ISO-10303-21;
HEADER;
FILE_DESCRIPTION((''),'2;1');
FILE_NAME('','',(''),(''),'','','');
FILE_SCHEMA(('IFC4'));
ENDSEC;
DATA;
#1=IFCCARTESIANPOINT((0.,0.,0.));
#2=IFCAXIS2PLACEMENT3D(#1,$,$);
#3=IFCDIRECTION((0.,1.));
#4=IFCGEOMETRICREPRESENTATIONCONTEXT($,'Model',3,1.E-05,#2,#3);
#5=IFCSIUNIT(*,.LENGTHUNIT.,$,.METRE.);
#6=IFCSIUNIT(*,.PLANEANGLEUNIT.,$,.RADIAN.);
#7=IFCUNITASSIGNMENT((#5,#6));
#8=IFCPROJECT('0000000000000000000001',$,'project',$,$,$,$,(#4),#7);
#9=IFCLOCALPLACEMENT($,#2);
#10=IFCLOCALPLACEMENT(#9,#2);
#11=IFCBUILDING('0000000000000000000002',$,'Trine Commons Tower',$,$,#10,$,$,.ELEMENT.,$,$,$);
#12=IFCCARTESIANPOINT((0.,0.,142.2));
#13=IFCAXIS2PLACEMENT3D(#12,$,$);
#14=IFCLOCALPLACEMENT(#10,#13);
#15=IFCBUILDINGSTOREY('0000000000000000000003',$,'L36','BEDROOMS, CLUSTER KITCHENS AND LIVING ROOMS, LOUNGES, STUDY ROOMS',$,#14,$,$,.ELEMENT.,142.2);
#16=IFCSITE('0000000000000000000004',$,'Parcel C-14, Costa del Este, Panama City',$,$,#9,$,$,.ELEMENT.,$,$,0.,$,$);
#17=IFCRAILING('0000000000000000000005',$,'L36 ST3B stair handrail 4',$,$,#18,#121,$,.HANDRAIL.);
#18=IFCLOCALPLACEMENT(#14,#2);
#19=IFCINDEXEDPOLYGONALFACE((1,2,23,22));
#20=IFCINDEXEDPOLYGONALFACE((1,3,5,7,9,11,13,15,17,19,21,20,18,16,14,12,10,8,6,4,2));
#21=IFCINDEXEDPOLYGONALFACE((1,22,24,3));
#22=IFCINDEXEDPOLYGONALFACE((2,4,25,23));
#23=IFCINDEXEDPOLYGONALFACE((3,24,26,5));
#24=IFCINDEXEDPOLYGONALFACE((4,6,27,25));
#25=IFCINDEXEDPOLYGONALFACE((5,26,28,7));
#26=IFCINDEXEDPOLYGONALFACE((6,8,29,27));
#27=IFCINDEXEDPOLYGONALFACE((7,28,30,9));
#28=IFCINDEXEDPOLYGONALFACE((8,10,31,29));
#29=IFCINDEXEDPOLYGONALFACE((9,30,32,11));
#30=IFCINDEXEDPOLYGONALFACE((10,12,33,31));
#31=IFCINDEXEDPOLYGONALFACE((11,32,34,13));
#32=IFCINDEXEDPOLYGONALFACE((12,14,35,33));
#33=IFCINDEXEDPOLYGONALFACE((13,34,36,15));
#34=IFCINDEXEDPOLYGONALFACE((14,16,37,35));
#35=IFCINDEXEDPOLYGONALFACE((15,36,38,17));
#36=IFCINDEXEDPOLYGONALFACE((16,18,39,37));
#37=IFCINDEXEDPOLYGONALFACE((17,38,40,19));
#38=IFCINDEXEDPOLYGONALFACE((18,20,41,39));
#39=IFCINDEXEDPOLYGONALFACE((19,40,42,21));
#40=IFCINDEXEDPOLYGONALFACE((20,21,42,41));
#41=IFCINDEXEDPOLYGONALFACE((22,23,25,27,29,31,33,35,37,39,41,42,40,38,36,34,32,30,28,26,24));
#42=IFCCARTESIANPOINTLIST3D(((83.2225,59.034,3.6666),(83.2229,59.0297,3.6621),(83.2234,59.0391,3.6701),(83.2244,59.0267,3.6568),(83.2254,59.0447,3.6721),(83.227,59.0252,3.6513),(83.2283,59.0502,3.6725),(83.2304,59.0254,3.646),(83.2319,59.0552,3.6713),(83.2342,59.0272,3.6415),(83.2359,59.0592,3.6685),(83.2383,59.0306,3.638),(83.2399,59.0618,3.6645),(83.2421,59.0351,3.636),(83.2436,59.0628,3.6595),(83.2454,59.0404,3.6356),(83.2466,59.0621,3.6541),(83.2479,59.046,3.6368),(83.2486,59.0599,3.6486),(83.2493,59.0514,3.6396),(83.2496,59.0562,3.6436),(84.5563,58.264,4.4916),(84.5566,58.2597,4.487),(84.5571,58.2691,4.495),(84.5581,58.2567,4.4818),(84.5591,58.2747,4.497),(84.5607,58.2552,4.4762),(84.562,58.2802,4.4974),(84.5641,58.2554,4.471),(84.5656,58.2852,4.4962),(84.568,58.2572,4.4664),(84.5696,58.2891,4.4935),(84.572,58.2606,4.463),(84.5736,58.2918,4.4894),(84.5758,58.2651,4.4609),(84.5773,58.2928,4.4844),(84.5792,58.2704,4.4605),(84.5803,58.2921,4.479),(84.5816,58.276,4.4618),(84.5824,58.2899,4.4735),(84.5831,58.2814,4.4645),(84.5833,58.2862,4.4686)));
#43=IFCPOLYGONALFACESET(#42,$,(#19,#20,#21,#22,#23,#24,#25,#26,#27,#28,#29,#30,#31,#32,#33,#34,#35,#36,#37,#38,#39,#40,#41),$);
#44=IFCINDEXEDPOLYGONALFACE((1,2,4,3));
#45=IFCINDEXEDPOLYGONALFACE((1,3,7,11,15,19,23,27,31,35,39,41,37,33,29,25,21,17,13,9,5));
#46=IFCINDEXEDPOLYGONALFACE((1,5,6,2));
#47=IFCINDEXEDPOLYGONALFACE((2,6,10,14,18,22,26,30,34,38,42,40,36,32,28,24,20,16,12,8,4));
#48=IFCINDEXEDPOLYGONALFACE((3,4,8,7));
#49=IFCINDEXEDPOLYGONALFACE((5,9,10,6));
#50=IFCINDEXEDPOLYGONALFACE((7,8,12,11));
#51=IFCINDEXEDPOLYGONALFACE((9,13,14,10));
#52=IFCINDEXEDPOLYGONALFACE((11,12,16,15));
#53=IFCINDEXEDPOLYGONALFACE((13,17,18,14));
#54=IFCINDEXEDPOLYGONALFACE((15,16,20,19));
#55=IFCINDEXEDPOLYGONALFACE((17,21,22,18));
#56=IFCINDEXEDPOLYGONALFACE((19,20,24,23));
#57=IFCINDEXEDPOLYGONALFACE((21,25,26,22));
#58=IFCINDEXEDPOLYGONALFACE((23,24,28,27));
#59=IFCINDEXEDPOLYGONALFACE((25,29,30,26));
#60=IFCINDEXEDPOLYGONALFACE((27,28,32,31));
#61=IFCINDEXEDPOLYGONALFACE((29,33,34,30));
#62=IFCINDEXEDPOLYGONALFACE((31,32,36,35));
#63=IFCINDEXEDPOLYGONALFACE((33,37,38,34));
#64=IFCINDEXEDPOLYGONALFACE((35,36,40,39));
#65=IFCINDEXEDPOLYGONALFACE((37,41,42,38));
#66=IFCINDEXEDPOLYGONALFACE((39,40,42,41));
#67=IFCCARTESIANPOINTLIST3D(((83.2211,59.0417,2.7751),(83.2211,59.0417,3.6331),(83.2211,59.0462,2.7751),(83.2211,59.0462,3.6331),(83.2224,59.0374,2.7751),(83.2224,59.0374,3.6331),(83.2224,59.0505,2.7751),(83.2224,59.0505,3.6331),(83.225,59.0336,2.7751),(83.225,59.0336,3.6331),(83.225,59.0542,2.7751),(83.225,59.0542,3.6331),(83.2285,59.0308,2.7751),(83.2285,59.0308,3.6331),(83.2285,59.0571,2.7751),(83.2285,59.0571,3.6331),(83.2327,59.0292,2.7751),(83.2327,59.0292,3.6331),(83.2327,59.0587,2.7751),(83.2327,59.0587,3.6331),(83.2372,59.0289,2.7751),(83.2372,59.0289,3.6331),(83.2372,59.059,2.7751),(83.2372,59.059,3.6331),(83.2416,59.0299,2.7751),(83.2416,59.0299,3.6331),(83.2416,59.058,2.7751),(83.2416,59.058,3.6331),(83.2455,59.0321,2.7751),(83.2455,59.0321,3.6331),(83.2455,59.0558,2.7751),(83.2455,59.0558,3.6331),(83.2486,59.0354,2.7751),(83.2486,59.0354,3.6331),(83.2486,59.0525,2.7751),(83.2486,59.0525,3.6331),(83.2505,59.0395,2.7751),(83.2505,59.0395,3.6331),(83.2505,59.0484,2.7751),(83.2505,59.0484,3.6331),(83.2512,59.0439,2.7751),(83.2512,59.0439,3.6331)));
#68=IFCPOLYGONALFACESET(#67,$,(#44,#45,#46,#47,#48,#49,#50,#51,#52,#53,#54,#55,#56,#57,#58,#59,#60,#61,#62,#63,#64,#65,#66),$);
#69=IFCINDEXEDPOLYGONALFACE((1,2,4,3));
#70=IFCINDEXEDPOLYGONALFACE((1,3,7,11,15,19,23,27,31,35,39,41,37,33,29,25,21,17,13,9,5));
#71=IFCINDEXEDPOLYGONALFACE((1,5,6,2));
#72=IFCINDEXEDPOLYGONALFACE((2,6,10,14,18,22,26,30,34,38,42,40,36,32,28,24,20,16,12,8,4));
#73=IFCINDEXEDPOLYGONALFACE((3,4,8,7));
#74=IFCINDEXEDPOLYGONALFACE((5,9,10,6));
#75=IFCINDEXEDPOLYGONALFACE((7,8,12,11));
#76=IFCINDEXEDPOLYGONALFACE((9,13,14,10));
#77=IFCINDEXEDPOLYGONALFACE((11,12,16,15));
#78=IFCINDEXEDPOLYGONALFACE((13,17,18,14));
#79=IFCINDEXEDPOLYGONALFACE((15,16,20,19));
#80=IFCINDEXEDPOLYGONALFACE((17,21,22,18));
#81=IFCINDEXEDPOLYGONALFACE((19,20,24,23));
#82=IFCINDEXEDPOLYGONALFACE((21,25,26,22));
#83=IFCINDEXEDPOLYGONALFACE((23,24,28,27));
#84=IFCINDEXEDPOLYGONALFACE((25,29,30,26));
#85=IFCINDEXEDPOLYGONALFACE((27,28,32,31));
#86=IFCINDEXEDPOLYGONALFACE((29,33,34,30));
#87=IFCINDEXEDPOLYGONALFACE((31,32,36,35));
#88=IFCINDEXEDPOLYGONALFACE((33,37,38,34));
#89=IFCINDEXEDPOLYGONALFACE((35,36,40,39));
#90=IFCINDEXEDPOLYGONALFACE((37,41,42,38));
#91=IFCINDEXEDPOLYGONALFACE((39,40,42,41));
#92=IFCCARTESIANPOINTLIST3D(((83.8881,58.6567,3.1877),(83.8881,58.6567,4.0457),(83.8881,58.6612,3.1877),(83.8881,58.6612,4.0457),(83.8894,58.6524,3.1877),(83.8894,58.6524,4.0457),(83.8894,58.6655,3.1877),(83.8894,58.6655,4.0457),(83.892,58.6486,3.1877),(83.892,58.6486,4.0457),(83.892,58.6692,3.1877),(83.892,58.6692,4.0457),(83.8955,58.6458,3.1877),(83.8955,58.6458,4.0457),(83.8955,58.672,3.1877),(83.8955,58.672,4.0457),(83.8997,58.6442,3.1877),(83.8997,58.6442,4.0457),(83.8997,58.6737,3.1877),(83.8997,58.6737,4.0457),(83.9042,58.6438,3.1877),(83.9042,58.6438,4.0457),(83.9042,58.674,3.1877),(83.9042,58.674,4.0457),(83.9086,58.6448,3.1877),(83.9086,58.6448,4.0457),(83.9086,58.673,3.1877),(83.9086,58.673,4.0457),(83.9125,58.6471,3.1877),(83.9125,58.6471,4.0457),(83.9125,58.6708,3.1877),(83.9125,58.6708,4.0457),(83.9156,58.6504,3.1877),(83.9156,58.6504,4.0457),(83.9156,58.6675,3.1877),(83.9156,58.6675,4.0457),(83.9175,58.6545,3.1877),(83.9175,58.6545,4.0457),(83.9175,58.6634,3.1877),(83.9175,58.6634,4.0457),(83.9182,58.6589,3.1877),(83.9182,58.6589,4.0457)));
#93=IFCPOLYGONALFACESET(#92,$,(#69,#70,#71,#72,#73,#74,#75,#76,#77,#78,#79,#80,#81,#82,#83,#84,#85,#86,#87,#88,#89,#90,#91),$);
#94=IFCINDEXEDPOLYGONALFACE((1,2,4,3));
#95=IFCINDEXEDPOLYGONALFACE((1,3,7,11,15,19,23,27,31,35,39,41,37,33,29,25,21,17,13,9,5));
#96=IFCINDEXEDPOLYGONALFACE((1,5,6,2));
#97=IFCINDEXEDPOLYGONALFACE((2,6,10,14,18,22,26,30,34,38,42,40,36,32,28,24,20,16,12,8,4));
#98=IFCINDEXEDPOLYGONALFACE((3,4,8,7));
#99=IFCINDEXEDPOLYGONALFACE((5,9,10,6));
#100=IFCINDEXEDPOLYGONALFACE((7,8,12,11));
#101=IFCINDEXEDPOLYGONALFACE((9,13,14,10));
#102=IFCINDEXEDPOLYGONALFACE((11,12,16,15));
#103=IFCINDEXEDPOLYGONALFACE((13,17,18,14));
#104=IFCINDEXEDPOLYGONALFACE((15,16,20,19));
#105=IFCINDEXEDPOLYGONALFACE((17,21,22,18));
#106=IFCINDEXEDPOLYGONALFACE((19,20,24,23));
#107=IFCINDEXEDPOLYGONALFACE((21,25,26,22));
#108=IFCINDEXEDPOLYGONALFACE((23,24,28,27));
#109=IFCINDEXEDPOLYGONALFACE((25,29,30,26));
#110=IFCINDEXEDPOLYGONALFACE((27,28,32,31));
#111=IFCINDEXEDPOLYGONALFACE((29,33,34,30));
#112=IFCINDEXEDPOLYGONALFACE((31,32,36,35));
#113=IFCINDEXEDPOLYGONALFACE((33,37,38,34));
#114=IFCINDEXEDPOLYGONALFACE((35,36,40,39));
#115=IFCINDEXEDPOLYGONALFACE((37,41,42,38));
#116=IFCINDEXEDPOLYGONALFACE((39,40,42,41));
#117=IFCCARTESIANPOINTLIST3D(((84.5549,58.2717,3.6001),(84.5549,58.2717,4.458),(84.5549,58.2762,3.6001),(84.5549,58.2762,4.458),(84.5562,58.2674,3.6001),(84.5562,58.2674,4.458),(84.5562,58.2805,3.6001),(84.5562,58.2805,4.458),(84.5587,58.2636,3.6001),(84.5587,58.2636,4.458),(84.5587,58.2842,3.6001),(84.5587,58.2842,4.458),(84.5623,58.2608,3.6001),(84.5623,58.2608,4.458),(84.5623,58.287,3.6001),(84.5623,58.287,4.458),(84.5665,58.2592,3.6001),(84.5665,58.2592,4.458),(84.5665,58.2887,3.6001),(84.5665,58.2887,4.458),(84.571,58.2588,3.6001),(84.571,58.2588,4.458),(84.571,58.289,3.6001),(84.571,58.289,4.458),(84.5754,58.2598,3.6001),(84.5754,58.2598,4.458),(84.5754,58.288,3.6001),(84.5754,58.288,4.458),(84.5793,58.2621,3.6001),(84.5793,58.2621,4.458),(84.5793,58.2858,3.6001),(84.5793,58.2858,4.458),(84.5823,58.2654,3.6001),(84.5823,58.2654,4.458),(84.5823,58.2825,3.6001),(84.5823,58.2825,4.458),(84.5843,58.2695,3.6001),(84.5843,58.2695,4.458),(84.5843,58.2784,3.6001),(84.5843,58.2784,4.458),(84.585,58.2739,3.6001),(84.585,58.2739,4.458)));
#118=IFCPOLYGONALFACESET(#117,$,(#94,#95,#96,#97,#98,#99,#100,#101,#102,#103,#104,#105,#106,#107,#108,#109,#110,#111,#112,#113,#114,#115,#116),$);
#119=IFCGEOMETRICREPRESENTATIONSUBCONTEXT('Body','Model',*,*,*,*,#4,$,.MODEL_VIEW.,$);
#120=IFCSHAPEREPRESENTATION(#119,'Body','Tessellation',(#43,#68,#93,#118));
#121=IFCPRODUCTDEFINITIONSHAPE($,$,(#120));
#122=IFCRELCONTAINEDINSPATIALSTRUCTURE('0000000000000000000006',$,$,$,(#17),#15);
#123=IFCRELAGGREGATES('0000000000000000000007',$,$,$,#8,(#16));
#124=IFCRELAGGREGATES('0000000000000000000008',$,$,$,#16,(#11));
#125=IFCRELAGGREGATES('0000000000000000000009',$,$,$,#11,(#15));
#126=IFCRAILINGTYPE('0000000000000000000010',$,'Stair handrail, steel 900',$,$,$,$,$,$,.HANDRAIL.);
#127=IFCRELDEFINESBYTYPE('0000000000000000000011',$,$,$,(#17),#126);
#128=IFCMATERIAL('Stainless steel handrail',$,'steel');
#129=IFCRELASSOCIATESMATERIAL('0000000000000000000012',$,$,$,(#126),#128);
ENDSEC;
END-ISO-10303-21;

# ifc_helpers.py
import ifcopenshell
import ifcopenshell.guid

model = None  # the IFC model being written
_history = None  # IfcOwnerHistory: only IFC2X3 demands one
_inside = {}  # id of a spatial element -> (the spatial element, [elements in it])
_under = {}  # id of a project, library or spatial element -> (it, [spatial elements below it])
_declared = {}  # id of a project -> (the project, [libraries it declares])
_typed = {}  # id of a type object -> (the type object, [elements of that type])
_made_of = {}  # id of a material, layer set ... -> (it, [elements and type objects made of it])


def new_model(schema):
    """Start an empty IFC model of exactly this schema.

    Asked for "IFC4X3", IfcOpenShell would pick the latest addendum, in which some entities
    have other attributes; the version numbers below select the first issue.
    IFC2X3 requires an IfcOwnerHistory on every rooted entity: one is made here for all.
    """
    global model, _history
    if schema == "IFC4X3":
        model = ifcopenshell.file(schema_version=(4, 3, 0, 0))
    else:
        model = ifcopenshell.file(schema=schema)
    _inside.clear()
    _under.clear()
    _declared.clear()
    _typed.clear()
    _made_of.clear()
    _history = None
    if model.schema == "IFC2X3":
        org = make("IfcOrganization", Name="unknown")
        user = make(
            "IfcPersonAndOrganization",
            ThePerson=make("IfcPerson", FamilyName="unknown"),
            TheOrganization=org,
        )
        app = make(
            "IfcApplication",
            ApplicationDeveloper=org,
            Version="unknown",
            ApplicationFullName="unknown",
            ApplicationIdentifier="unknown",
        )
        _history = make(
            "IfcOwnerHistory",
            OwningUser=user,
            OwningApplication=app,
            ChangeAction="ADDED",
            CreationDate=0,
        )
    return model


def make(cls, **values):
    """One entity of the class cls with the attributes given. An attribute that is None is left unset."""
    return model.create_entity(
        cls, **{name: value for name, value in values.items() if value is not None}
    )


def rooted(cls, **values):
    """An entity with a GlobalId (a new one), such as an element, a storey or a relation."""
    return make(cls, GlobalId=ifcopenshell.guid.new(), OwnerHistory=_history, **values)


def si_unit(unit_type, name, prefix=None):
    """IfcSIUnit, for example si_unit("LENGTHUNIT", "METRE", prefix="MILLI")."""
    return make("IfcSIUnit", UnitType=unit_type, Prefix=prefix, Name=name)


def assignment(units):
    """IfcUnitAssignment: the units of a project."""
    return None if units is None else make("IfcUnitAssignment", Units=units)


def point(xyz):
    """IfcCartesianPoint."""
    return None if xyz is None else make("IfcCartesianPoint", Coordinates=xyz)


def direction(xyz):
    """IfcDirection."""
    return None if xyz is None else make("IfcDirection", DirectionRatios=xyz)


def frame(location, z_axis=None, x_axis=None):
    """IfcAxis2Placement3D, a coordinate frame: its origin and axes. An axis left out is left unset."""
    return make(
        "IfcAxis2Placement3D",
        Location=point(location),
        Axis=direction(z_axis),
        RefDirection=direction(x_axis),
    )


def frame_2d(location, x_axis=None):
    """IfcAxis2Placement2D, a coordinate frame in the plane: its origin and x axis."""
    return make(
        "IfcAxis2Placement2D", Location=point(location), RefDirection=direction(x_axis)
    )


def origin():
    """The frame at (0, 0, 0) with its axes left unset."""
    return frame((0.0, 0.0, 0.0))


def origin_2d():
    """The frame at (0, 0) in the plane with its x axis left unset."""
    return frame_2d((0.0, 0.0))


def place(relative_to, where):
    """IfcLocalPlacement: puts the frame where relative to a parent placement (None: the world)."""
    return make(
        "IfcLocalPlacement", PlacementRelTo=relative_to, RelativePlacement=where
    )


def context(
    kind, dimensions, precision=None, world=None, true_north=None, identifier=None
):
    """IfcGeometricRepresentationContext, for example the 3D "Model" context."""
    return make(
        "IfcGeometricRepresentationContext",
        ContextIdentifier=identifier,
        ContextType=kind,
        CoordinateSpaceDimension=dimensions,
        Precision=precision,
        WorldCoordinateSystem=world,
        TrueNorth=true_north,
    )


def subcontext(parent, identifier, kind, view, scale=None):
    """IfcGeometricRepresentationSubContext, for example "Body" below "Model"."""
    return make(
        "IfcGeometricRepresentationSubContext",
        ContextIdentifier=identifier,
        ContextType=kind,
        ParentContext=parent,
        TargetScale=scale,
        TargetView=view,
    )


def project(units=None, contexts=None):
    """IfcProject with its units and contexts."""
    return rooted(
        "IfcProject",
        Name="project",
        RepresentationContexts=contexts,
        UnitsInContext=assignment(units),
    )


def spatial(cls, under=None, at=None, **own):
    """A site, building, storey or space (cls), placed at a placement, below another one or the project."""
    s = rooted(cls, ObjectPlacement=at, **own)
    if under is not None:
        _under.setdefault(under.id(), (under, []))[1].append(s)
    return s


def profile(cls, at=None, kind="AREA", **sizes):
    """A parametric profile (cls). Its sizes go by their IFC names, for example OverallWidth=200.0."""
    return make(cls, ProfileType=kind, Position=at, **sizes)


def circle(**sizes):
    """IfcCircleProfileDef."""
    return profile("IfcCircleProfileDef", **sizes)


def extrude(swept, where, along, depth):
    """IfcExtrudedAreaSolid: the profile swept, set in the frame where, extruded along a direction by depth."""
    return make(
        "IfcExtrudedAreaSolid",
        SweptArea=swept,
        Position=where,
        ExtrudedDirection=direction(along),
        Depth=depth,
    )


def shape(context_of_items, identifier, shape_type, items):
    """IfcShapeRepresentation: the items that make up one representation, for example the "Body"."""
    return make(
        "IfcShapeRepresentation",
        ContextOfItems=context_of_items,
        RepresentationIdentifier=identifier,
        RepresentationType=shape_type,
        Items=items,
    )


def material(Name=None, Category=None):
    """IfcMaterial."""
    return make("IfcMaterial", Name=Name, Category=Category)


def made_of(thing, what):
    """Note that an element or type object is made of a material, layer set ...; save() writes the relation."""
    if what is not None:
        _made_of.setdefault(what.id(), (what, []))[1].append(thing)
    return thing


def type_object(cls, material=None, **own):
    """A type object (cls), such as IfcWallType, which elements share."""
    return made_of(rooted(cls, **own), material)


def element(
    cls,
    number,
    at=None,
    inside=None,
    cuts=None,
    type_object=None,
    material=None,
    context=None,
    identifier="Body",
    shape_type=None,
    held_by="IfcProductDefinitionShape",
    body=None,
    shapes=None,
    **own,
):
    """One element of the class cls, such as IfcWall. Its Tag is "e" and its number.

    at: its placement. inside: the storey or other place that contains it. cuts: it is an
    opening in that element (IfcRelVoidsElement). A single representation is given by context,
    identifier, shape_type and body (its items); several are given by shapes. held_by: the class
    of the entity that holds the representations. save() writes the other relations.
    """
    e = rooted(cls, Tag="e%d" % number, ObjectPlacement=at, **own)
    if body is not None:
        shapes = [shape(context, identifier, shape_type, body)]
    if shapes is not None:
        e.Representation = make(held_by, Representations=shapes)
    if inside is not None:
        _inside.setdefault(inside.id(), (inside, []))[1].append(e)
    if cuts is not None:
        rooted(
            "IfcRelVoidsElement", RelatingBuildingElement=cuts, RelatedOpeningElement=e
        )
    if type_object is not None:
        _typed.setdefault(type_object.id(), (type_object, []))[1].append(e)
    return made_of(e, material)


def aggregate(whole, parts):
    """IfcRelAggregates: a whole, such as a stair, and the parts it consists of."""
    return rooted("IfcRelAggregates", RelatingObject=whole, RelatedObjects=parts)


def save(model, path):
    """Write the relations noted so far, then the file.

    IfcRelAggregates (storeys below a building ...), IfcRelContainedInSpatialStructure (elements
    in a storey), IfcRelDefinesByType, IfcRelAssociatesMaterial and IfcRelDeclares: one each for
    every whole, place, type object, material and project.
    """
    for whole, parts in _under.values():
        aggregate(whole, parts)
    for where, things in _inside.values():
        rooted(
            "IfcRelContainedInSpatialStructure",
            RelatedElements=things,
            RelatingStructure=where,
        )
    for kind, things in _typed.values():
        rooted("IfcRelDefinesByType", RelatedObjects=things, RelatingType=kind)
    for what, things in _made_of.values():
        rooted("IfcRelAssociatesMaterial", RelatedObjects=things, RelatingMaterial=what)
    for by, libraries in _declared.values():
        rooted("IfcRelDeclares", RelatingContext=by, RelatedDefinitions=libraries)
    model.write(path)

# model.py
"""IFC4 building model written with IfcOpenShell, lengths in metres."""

from ifc_helpers import new_model, si_unit, direction, frame, origin, origin_2d, place, context, subcontext, project, spatial, circle, extrude, material, type_object, element, save


model = new_model("IFC4")

# Units and contexts
model_context = context("Model", 3, precision=1e-05, world=origin(), true_north=direction((0.0, 1.0)))
body_context = subcontext(model_context, "Body", "Model", "MODEL_VIEW")
ifc_project = project(units=[si_unit("LENGTHUNIT", "METRE"), si_unit("PLANEANGLEUNIT", "RADIAN")], contexts=[model_context])

# Site, building, storey
site_placement = place(None, origin())
site = spatial("IfcSite", under=ifc_project, at=site_placement, Name="Parcel C-14, Costa del Este, Panama City", CompositionType="ELEMENT", RefElevation=0.0)
building_placement = place(site_placement, origin())
building = spatial("IfcBuilding", under=site, at=building_placement, Name="Trine Commons Tower", CompositionType="ELEMENT")
storey_placement = place(building_placement, frame((0.0, 0.0, 142.2)))
storey = spatial("IfcBuildingStorey", under=building, at=storey_placement, Name="L36", Description="BEDROOMS, CLUSTER KITCHENS AND LIVING ROOMS, LOUNGES, STUDY ROOMS", CompositionType="ELEMENT", Elevation=142.2)

# Railing
ifc_material_1 = material(Name="Stainless steel handrail", Category="steel")
railing_type_1 = type_object("IfcRailingType", Name="Stair handrail, steel 900", PredefinedType="HANDRAIL", material=ifc_material_1)
railing_1_placement = place(storey_placement, frame((83.2361, 59.0439, 2.7751)))
element("IfcRailing", 1, at=railing_1_placement, inside=storey, type_object=railing_type_1, Name="L36 ST3B stair handrail 4", PredefinedType="HANDRAIL", context=body_context, shape_type="SweptSolid", body=[
    extrude(circle(Radius=0.021, at=origin_2d()), frame((0.0, 0.0, 0.8789), z_axis=(0.763405, -0.440743, 0.472185), x_axis=(0.499992, 0.86603, 0.0)), (0.0, 0.0, 1.0), 1.7471),
    extrude(circle(Radius=0.0151, at=origin_2d()), origin(), (0.0, 0.0, 1.0), 0.8579),
    extrude(circle(Radius=0.0151, at=origin_2d()), frame((0.667, -0.385, 0.4126)), (0.0, 0.0, 1.0), 0.8579),
    extrude(circle(Radius=0.0151, at=origin_2d()), frame((1.3337, -0.77, 0.825)), (0.0, 0.0, 1.0), 0.8579),
])

save(model, "model.ifc")
